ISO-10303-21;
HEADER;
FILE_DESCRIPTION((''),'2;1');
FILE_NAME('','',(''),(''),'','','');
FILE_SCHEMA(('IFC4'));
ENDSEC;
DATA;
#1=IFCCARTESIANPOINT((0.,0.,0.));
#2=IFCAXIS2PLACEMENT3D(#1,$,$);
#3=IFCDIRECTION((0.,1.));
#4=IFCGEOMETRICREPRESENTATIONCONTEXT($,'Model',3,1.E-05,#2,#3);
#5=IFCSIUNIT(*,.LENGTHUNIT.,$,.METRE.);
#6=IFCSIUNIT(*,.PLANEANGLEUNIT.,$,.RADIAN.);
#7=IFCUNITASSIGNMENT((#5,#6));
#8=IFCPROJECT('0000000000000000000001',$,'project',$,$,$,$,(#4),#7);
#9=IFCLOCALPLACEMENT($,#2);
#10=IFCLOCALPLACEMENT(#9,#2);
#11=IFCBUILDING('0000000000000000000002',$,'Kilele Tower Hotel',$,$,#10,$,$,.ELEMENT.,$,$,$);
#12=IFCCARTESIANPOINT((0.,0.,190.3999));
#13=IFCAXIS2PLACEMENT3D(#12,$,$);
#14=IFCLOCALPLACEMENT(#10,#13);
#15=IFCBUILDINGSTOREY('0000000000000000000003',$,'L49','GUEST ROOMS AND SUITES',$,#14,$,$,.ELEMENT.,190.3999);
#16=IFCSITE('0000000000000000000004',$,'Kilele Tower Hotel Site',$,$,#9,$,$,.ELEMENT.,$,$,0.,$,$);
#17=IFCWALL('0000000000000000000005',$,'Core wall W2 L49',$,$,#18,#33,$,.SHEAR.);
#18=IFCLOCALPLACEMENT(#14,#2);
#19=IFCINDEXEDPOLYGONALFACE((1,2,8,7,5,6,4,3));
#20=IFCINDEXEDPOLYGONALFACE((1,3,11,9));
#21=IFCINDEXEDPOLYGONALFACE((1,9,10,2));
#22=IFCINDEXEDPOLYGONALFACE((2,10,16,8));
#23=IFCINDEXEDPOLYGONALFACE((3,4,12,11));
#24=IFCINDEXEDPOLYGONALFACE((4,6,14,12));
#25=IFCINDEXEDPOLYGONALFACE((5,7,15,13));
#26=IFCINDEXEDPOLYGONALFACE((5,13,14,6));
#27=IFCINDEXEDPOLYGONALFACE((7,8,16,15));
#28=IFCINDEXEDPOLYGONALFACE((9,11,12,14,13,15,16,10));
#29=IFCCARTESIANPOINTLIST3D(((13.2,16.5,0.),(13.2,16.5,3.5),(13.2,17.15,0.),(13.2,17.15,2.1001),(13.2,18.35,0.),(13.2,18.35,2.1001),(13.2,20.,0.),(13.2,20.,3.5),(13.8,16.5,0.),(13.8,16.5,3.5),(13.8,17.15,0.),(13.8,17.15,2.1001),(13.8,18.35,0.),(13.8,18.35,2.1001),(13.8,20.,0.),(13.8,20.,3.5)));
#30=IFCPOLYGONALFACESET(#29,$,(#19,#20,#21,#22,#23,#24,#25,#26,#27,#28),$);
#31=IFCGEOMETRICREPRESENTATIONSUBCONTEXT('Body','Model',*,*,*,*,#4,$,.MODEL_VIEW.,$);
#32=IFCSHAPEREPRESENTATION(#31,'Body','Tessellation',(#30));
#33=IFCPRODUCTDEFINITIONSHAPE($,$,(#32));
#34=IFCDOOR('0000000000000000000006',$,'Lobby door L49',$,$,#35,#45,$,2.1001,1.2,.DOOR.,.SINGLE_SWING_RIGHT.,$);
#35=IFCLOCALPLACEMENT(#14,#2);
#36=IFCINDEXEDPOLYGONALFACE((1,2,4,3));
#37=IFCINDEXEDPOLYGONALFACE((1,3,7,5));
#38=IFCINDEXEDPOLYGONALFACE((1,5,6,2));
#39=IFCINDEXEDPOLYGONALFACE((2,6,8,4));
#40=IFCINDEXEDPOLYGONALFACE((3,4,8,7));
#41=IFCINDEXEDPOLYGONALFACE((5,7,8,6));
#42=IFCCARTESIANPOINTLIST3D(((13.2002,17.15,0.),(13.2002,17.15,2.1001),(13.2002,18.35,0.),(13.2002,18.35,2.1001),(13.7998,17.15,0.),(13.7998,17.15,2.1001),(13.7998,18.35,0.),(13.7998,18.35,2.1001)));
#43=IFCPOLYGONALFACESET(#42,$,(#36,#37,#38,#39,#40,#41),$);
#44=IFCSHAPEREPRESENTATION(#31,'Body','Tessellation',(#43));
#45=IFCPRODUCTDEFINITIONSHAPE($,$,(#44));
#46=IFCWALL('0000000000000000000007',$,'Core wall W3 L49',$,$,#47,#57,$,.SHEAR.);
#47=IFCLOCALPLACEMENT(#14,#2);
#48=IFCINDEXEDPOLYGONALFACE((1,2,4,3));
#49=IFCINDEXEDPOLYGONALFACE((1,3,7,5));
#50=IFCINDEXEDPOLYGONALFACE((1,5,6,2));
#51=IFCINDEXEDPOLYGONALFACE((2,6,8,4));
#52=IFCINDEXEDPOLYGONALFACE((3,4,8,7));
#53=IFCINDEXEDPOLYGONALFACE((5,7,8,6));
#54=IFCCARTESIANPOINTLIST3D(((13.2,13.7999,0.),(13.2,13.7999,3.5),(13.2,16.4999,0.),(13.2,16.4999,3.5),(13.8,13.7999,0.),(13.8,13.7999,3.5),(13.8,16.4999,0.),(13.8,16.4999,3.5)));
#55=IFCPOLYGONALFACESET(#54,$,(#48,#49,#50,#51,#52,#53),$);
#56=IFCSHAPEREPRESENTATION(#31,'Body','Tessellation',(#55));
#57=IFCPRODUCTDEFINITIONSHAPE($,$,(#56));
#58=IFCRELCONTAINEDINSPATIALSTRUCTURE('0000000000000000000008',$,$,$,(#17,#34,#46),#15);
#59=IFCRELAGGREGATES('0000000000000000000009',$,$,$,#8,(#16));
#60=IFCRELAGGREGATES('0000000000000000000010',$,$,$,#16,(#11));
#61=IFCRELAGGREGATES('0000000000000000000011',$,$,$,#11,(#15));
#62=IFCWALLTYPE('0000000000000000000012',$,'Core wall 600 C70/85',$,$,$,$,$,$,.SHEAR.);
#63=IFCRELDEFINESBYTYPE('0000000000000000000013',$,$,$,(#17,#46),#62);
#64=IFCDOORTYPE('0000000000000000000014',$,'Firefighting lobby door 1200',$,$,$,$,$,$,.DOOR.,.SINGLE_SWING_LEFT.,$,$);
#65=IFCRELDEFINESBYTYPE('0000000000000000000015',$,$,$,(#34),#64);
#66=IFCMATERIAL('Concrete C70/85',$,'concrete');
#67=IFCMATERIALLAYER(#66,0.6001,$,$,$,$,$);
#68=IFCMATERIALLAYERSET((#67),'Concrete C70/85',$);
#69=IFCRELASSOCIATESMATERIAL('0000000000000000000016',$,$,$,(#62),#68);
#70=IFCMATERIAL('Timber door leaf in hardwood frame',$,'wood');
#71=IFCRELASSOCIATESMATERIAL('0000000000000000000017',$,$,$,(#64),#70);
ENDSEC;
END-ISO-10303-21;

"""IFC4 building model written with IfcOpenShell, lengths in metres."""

from ifc_helpers import new_model, si_unit, direction, frame, frame_2d, origin, place, context, subcontext, project, spatial, rectangle, extrude, material, layer, layer_set, type_object, element, fill, save


model = new_model("IFC4")

# Units and contexts
model_context = context("Model", 3, precision=1e-05, world=origin(), true_north=direction((0.0, 1.0)))
body_context = subcontext(model_context, "Body", "Model", "MODEL_VIEW")
ifc_project = project(units=[si_unit("LENGTHUNIT", "METRE"), si_unit("PLANEANGLEUNIT", "RADIAN")], contexts=[model_context])

# Site, building, storey
site_placement = place(None, origin())
site = spatial("IfcSite", under=ifc_project, at=site_placement, Name="Kilele Tower Hotel Site", CompositionType="ELEMENT", RefElevation=0.0)
building_placement = place(site_placement, origin())
building = spatial("IfcBuilding", under=site, at=building_placement, Name="Kilele Tower Hotel", CompositionType="ELEMENT")
storey_placement = place(building_placement, frame((0.0, 0.0, 190.3999)))
storey = spatial("IfcBuildingStorey", under=building, at=storey_placement, Name="L49", Description="GUEST ROOMS AND SUITES", CompositionType="ELEMENT", Elevation=190.3999)

# Shared definitions
ifc_material_1 = material(Name="Concrete C70/85", Category="concrete")
ifc_layer = layer(ifc_material_1, 0.6001)
ifc_layer_set = layer_set([ifc_layer], Name="Concrete C70/85")
wall_type = type_object("IfcWallType", Name="Core wall 600 C70/85", PredefinedType="SHEAR", material=ifc_layer_set)

# Wall, opening, door
wall_1_placement = place(storey_placement, frame((13.5, 20.0, 0.0), z_axis=(0.0, 0.0, 1.0), x_axis=(0.0, -1.0, 0.0)))
wall_1 = element("IfcWall", 1, at=wall_1_placement, inside=storey, type_object=wall_type, Name="Core wall W2 L49", PredefinedType="SHEAR", context=body_context, shape_type="SweptSolid", body=[
    extrude(rectangle(XDim=3.5, YDim=0.6001, at=frame_2d((1.75, 0.0))), origin(), (0.0, 0.0, 1.0), 3.5),
])
opening_1_placement = place(wall_1_placement, frame((1.6499, 0.0, 0.0)))
opening_1 = element("IfcOpeningElement", 2, at=opening_1_placement, cuts=wall_1, PredefinedType="OPENING", context=body_context, shape_type="SweptSolid", body=[
    extrude(rectangle(XDim=1.2, YDim=2.1001, at=frame_2d((0.6001, 1.05))), frame((0.0, 0.3101, 0.0), z_axis=(0.0, -1.0, 0.0), x_axis=(1.0, 0.0, 0.0)), (0.0, 0.0, 1.0), 0.6201),
])
ifc_material_2 = material(Name="Timber door leaf in hardwood frame", Category="wood")
door_type_1 = type_object("IfcDoorType", Name="Firefighting lobby door 1200", OperationType="SINGLE_SWING_LEFT", PredefinedType="DOOR", material=ifc_material_2)
door_1_placement = place(opening_1_placement, origin())
door_1 = element("IfcDoor", 3, at=door_1_placement, inside=storey, type_object=door_type_1, Name="Lobby door L49", OperationType="SINGLE_SWING_RIGHT", OverallHeight=2.1001, OverallWidth=1.2, PredefinedType="DOOR", context=body_context, shape_type="SweptSolid", body=[
    extrude(rectangle(XDim=1.2, YDim=2.1001, at=frame_2d((0.6001, 1.05))), frame((0.0, 0.2998, 0.0), z_axis=(0.0, -1.0, 0.0), x_axis=(1.0, 0.0, 0.0)), (0.0, 0.0, 1.0), 0.5996),
])
fill(opening_1, door_1)

# Wall
wall_2_placement = place(storey_placement, frame((13.5, 16.5, 0.0), z_axis=(0.0, 0.0, 1.0), x_axis=(0.0, -1.0, 0.0)))
element("IfcWall", 4, at=wall_2_placement, inside=storey, type_object=wall_type, Name="Core wall W3 L49", PredefinedType="SHEAR", context=body_context, shape_type="SweptSolid", body=[
    extrude(rectangle(XDim=2.7, YDim=0.6001, at=frame_2d((1.3501, 0.0))), origin(), (0.0, 0.0, 1.0), 3.5),
])

save(model, "model.ifc")
